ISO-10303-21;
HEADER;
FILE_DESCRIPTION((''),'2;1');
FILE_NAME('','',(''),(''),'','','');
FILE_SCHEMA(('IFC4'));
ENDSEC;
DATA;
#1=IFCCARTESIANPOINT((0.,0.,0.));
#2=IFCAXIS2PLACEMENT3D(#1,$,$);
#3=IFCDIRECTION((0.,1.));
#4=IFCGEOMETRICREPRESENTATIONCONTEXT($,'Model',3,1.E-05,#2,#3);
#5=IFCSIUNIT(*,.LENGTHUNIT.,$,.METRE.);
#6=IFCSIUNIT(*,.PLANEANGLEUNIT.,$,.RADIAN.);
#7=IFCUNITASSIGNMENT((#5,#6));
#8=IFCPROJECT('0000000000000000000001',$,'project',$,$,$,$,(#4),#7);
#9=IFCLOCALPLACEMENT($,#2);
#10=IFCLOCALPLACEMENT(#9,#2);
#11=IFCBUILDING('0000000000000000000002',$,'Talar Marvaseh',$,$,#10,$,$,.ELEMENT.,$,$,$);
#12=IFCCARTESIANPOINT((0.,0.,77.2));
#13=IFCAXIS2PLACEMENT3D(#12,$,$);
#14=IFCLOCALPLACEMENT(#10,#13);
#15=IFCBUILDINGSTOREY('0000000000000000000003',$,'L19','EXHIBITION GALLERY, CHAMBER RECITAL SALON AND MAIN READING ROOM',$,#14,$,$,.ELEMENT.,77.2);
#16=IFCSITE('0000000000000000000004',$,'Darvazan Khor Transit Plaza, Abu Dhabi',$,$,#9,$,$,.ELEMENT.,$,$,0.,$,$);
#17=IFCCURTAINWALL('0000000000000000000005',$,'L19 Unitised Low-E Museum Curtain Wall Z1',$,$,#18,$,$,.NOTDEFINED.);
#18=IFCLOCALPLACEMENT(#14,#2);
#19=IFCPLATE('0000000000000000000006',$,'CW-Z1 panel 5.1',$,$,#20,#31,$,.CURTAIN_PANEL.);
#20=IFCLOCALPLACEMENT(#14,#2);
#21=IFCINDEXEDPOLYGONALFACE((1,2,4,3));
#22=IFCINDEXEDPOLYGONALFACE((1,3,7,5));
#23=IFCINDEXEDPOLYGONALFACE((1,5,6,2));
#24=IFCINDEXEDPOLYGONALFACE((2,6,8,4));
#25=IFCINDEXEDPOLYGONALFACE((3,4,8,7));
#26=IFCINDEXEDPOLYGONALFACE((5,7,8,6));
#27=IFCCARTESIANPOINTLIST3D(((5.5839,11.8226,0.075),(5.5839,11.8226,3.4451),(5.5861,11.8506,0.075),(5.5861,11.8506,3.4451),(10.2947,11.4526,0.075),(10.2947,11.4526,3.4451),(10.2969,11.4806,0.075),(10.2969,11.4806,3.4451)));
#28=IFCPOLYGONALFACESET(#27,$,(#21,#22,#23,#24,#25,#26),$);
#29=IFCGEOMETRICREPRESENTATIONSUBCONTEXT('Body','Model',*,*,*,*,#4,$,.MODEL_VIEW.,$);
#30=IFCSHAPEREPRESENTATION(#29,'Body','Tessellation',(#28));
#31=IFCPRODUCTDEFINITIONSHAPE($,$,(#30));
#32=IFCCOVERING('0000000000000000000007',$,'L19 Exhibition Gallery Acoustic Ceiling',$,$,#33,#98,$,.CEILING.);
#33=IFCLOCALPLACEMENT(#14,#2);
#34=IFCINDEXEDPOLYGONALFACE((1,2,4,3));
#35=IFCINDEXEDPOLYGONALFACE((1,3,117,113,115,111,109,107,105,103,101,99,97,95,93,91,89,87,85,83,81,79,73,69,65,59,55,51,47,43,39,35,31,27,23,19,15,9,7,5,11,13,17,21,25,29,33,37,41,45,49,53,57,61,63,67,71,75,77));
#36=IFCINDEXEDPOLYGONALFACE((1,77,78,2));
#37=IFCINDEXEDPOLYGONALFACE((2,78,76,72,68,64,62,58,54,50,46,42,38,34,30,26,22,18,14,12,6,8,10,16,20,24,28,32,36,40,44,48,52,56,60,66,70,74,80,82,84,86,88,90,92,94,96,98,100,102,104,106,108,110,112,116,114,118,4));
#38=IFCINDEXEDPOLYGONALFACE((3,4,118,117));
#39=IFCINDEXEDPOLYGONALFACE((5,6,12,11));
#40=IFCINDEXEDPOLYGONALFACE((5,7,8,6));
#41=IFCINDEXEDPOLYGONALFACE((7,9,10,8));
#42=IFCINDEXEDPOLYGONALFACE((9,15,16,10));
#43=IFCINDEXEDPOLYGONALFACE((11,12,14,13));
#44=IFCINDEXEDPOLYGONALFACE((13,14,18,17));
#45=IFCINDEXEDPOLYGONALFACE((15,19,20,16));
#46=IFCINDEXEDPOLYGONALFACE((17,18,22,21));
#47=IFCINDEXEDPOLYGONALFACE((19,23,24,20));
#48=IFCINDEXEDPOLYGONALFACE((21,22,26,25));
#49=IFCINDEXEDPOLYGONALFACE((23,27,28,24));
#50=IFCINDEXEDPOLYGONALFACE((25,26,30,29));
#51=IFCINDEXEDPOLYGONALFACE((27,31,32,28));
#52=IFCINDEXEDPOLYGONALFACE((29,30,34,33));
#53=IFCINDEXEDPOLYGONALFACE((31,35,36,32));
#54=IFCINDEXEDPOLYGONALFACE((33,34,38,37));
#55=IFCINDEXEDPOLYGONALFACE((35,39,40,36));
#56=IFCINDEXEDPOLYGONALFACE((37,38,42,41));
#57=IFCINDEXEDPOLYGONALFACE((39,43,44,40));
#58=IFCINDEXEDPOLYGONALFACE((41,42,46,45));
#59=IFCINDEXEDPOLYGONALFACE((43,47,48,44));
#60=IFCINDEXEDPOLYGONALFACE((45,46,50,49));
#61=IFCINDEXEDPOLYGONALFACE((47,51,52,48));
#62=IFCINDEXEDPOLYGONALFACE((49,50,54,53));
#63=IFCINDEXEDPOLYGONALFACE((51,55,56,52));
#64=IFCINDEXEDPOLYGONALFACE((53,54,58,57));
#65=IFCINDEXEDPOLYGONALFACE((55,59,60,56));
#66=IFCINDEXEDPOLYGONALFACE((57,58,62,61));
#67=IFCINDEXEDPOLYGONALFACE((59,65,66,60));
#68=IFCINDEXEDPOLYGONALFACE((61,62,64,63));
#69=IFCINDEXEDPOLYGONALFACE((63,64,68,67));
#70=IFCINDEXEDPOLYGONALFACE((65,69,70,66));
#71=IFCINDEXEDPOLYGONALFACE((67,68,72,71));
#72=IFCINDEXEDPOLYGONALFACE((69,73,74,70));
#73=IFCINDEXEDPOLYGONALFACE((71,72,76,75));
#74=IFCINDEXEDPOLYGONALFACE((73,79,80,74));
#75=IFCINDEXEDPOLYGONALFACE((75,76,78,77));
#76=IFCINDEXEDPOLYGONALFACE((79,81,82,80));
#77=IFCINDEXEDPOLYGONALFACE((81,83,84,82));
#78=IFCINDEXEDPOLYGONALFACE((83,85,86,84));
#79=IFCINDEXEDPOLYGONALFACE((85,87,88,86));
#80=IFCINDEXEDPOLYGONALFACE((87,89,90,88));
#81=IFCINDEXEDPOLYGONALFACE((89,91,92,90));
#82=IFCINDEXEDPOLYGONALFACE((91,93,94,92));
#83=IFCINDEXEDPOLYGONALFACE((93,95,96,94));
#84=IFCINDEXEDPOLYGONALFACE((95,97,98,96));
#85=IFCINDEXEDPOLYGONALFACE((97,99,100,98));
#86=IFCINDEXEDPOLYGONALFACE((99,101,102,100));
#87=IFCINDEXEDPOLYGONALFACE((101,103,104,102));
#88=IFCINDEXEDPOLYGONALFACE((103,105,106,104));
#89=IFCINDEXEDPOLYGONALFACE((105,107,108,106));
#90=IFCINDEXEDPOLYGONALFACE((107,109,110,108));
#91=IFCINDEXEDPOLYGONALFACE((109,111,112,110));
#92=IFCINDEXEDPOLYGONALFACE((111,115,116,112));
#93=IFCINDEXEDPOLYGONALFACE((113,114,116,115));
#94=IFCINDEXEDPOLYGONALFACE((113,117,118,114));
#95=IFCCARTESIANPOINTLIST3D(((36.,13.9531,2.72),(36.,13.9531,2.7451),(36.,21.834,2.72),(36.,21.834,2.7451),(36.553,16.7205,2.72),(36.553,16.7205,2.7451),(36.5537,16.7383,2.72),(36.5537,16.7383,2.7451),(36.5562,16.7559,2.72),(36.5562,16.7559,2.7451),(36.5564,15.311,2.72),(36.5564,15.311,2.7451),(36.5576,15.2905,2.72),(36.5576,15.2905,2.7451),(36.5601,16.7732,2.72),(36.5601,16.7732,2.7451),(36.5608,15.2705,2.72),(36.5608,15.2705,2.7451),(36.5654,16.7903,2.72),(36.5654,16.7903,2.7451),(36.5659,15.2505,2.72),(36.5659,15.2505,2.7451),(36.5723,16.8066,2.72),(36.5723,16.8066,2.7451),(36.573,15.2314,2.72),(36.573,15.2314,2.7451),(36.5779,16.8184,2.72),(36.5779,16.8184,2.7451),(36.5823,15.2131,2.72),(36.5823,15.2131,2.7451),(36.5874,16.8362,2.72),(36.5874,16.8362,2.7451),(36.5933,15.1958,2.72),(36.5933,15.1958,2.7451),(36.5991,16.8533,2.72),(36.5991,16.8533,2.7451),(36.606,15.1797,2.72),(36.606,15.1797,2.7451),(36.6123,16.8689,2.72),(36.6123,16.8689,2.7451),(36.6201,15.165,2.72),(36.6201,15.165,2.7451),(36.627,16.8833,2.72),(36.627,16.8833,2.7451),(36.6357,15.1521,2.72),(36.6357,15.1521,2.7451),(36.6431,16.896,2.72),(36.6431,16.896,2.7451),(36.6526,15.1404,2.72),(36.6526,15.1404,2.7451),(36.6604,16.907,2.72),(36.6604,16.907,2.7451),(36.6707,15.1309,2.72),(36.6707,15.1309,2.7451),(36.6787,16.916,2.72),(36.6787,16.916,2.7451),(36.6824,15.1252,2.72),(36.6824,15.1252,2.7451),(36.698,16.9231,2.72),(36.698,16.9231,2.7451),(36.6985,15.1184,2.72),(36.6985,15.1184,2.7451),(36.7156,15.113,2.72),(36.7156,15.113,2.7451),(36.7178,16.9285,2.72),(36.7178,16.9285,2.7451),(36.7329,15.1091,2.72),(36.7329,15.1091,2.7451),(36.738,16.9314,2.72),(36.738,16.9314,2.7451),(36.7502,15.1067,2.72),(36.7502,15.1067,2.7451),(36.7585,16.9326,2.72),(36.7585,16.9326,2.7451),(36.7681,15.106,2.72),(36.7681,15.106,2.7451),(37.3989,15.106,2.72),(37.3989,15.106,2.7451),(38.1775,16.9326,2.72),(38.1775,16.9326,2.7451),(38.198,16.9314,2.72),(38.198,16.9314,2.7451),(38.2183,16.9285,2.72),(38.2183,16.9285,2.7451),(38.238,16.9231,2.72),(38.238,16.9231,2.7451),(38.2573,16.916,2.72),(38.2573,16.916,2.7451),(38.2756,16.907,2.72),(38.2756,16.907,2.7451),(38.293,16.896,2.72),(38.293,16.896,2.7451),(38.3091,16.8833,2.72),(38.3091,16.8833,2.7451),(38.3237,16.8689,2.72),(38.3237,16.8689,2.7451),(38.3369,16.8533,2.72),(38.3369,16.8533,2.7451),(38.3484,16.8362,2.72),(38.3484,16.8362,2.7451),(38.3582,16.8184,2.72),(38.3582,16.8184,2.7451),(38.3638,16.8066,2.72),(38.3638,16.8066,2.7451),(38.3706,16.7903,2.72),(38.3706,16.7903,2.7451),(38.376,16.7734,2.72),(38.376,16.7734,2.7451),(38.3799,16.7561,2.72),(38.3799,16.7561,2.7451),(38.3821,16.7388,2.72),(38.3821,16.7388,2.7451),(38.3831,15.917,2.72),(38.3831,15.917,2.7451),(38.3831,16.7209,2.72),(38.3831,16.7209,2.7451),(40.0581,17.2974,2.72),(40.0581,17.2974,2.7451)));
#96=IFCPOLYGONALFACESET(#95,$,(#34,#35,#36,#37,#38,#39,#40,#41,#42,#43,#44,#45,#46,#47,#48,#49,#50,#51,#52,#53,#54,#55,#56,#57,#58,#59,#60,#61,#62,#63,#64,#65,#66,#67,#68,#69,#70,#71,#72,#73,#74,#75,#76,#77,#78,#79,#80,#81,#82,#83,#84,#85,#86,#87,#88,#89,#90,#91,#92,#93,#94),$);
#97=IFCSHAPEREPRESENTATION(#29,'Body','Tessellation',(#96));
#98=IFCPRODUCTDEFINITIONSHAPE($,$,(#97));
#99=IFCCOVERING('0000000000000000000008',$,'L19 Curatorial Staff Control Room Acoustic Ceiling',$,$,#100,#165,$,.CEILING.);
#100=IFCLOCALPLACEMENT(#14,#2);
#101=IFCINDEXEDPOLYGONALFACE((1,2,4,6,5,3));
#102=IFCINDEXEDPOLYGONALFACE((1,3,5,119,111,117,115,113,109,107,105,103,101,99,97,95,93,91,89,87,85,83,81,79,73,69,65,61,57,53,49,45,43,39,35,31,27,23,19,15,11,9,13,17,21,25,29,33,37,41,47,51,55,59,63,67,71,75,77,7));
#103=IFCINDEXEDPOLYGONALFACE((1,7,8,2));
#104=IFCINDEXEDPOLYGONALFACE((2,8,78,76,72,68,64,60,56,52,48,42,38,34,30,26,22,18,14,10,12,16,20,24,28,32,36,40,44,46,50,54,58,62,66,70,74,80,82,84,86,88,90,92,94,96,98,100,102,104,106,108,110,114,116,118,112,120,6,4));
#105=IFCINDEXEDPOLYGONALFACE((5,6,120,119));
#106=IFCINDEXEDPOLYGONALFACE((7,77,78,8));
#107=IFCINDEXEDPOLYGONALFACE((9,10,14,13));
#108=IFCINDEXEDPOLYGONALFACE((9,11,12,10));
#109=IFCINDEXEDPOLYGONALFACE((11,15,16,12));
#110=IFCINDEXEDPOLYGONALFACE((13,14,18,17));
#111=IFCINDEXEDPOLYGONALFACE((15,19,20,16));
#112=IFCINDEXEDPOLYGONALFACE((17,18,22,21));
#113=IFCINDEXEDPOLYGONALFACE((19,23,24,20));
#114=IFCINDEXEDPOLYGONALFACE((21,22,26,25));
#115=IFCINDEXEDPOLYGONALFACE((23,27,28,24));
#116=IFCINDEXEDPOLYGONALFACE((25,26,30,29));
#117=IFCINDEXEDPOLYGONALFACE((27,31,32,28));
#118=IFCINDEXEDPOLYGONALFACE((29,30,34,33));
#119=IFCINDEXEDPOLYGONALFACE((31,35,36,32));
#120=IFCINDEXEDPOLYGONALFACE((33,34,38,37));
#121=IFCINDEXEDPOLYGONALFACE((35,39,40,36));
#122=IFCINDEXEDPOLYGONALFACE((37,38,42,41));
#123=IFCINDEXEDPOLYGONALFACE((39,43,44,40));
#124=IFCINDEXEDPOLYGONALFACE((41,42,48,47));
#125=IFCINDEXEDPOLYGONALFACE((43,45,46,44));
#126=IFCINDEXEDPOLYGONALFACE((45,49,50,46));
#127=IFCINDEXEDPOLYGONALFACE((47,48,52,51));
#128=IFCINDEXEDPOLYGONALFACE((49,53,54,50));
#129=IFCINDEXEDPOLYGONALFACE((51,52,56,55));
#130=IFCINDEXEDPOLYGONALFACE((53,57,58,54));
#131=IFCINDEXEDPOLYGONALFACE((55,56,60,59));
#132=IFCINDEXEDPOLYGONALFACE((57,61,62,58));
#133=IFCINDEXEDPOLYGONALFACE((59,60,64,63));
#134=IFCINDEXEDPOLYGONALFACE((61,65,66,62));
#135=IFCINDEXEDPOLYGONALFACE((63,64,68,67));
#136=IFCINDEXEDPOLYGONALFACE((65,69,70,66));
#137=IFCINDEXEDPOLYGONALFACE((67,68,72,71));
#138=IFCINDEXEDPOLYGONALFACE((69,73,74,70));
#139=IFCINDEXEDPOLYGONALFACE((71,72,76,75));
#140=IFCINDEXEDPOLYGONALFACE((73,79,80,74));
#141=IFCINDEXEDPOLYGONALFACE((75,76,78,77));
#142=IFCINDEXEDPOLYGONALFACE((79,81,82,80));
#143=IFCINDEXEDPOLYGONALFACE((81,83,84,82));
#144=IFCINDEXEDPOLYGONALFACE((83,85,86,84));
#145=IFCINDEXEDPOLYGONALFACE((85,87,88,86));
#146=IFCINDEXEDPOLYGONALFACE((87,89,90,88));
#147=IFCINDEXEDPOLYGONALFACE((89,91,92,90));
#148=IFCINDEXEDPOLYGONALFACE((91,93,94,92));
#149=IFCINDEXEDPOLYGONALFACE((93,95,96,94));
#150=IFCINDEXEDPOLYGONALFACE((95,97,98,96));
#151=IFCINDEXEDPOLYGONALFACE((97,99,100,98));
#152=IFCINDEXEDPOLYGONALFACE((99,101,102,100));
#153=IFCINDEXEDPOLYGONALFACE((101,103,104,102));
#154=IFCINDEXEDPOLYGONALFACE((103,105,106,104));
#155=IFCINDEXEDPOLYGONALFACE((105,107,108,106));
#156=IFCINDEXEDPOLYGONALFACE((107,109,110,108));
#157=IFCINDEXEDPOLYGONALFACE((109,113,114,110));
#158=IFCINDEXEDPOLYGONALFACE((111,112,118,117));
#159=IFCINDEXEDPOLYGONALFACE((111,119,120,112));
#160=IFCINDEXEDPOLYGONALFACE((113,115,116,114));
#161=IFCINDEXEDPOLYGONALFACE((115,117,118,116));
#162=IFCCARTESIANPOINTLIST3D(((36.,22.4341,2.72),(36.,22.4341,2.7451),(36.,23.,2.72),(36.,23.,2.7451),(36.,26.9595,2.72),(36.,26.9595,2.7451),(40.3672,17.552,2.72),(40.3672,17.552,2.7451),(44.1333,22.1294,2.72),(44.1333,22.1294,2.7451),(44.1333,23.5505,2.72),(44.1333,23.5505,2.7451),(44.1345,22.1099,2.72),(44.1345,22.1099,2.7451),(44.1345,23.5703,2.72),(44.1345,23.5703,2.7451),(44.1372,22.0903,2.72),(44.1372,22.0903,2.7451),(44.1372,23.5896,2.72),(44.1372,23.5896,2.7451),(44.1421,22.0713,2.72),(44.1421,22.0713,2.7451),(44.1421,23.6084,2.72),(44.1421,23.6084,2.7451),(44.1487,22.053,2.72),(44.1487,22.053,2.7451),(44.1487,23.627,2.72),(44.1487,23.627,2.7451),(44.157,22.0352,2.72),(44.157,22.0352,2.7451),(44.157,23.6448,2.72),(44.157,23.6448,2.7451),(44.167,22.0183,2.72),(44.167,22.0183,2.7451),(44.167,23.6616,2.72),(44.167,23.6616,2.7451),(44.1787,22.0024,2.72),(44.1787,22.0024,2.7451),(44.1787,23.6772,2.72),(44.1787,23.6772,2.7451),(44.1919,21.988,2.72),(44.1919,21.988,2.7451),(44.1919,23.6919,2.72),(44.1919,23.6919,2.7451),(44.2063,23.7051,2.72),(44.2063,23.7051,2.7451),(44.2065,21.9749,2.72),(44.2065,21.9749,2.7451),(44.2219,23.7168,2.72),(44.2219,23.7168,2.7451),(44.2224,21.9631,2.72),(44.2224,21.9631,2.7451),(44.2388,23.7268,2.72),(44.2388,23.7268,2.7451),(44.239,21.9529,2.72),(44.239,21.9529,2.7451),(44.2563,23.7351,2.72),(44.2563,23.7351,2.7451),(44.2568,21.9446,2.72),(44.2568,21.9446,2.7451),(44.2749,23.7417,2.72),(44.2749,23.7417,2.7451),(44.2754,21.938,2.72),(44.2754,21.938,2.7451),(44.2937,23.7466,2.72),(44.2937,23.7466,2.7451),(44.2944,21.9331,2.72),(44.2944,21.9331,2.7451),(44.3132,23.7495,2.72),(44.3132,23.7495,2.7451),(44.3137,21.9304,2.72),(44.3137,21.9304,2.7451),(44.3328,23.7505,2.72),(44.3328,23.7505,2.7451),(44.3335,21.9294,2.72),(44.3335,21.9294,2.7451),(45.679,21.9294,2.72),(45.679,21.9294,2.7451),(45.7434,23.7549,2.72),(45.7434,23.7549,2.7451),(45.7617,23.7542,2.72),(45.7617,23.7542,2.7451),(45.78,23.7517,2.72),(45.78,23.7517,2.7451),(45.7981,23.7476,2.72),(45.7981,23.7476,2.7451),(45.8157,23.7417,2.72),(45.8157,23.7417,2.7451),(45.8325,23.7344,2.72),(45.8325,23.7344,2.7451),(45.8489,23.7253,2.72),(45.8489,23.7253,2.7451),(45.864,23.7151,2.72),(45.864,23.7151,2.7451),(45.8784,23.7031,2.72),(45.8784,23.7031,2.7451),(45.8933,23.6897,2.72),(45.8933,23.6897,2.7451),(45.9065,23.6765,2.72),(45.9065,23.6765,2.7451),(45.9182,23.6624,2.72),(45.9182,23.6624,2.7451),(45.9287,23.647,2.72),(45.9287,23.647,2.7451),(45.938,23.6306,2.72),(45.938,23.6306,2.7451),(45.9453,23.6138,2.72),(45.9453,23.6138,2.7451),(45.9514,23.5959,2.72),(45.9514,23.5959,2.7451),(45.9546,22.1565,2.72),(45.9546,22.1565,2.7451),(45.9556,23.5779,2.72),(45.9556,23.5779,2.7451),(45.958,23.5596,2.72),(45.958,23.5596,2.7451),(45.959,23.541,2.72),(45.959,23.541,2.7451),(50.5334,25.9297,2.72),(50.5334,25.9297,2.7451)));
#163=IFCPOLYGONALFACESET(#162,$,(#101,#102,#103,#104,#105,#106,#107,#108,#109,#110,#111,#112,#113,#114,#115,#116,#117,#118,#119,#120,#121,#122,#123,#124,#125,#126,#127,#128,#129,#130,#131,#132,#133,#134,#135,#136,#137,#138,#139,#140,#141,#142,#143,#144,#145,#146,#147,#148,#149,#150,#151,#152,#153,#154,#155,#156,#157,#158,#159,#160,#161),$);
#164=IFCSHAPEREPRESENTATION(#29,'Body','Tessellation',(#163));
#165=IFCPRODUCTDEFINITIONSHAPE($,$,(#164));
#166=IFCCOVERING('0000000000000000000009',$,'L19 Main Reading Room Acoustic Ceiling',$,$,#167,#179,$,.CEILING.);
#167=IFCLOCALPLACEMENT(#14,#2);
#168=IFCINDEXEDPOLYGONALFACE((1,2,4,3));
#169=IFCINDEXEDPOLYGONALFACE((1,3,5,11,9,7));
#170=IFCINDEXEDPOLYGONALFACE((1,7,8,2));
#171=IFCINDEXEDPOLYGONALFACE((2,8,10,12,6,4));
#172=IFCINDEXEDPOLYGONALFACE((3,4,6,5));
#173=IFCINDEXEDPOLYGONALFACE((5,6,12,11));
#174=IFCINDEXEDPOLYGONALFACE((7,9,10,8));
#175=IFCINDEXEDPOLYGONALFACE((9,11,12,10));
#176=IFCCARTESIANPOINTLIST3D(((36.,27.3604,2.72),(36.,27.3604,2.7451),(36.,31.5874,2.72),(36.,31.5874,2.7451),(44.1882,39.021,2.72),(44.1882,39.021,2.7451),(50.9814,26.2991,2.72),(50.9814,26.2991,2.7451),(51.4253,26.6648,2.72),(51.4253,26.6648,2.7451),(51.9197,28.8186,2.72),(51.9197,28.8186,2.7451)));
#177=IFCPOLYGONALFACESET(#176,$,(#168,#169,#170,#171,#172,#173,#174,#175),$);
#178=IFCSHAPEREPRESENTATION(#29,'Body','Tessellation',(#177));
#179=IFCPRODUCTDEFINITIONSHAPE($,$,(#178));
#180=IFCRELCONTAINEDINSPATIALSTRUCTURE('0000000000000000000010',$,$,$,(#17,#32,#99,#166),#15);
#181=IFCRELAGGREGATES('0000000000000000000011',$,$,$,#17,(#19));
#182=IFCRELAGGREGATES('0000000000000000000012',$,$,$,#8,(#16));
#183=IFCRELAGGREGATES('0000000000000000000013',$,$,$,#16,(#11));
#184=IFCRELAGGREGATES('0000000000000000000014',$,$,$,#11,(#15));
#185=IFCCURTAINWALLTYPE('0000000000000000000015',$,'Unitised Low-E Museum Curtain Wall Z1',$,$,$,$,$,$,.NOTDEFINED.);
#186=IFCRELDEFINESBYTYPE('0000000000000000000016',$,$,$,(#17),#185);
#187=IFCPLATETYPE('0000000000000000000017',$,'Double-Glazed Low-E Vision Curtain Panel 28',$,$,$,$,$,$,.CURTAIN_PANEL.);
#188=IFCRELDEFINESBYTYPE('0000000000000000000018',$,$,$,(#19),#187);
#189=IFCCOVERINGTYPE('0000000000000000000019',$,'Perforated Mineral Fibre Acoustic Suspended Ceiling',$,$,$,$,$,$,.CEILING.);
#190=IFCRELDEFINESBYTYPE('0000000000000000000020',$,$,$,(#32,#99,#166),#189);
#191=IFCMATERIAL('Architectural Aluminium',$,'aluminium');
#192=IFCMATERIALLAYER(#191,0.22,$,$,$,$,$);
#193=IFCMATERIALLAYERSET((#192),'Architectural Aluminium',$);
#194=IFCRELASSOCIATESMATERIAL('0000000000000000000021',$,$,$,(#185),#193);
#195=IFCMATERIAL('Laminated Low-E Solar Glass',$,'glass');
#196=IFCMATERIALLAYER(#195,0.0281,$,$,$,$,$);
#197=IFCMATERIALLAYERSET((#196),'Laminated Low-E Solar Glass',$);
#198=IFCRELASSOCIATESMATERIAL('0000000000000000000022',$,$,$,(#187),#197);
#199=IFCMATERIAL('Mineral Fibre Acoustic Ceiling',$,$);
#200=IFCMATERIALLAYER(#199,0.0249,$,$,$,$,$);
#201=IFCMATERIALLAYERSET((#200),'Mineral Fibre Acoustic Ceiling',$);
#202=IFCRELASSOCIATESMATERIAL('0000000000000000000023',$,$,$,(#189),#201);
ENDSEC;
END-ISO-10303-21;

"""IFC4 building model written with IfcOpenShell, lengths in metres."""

from ifc_helpers import new_model, si_unit, direction, frame, origin, origin_2d, place, context, subcontext, project, spatial, polyline, rectangle, outline, extrude, source, transform, mapped, material, layer, layer_set, type_object, type_shapes, element, aggregate, save


model = new_model("IFC4")

# Units and contexts
model_context = context("Model", 3, precision=1e-05, world=origin(), true_north=direction((0.0, 1.0)))
body_context = subcontext(model_context, "Body", "Model", "MODEL_VIEW")
ifc_project = project(units=[si_unit("LENGTHUNIT", "METRE"), si_unit("PLANEANGLEUNIT", "RADIAN")], contexts=[model_context])

# Site, building, storey
site_placement = place(None, origin())
site = spatial("IfcSite", under=ifc_project, at=site_placement, Name="Darvazan Khor Transit Plaza, Abu Dhabi", CompositionType="ELEMENT", RefElevation=0.0)
building_placement = place(site_placement, origin())
building = spatial("IfcBuilding", under=site, at=building_placement, Name="Talar Marvaseh", CompositionType="ELEMENT")
storey_placement = place(building_placement, frame((0.0, 0.0, 77.2)))
storey = spatial("IfcBuildingStorey", under=building, at=storey_placement, Name="L19", Description="EXHIBITION GALLERY, CHAMBER RECITAL SALON AND MAIN READING ROOM", CompositionType="ELEMENT", Elevation=77.2)

# Curtain wall
ifc_material_1 = material(Name="Architectural Aluminium", Category="aluminium")
ifc_layer_1 = layer(ifc_material_1, 0.22)
ifc_layer_set_1 = layer_set([ifc_layer_1], Name="Architectural Aluminium")
curtain_wall_type = type_object("IfcCurtainWallType", Name="Unitised Low-E Museum Curtain Wall Z1", PredefinedType="NOTDEFINED", material=ifc_layer_set_1)
curtain_wall_placement = place(storey_placement, origin())
curtain_wall = element("IfcCurtainWall", 1, at=curtain_wall_placement, inside=storey, type_object=curtain_wall_type, Name="L19 Unitised Low-E Museum Curtain Wall Z1", PredefinedType="NOTDEFINED")

# Plate
ifc_material_2 = material(Name="Laminated Low-E Solar Glass", Category="glass")
ifc_layer_2 = layer(ifc_material_2, 0.0281)
ifc_layer_set_2 = layer_set([ifc_layer_2], Name="Laminated Low-E Solar Glass")
plate_type = type_object("IfcPlateType", Name="Double-Glazed Low-E Vision Curtain Panel 28", PredefinedType="CURTAIN_PANEL", material=ifc_layer_set_2)
shared_shape_1 = source(origin(), body_context, "Body", "SweptSolid", [
    extrude(rectangle(XDim=4.7253, YDim=0.0281, at=origin_2d()), origin(), (0.0, 0.0, 1.0), 3.3701),
])
type_shapes(plate_type, [shared_shape_1])
plate_placement = place(storey_placement, frame((7.9404, 11.6516, 0.075), z_axis=(0.0, 0.0, 1.0), x_axis=(-0.996929, 0.078306, 0.0)))
plate = element("IfcPlate", 2, at=plate_placement, type_object=plate_type, Name="CW-Z1 panel 5.1", PredefinedType="CURTAIN_PANEL", context=body_context, shape_type="MappedRepresentation", body=[
    mapped(shared_shape_1, transform((0.0, 0.0, 0.0), x_axis=(1.0, 0.0, 0.0), y_axis=(0.0, 1.0, 0.0), z_axis=(0.0, 0.0, 1.0), scale=1.0)),
])
aggregate(curtain_wall, [plate])

# Coverings
ifc_material_3 = material(Name="Mineral Fibre Acoustic Ceiling")
ifc_layer_3 = layer(ifc_material_3, 0.0249)
ifc_layer_set_3 = layer_set([ifc_layer_3], Name="Mineral Fibre Acoustic Ceiling")
covering_type_1 = type_object("IfcCoveringType", Name="Perforated Mineral Fibre Acoustic Suspended Ceiling", PredefinedType="CEILING", material=ifc_layer_set_3)
covering_1_placement = place(storey_placement, frame((0.0, 0.0, 2.72)))
element("IfcCovering", 3, at=covering_1_placement, inside=storey, type_object=covering_type_1, Name="L19 Exhibition Gallery Acoustic Ceiling", PredefinedType="CEILING", context=body_context, shape_type="SweptSolid", body=[
    extrude(outline(polyline([(38.3831, 15.917), (38.3831, 16.7209), (38.3821, 16.7388), (38.3799, 16.7561), (38.376, 16.7734), (38.3706, 16.7903), (38.3638, 16.8066), (38.3582, 16.8184), (38.3484, 16.8362), (38.3369, 16.8533), (38.3237, 16.8689), (38.3091, 16.8833), (38.293, 16.896), (38.2756, 16.907), (38.2573, 16.916), (38.238, 16.9231), (38.2183, 16.9285), (38.198, 16.9314), (38.1775, 16.9326), (36.7585, 16.9326), (36.738, 16.9314), (36.7178, 16.9285), (36.698, 16.9231), (36.6787, 16.916), (36.6604, 16.907), (36.6431, 16.896), (36.627, 16.8833), (36.6123, 16.8689), (36.5991, 16.8533), (36.5874, 16.8362), (36.5779, 16.8184), (36.5723, 16.8066), (36.5654, 16.7903), (36.5601, 16.7732), (36.5562, 16.7559), (36.5537, 16.7383), (36.553, 16.7205), (36.5564, 15.311), (36.5576, 15.2905), (36.5608, 15.2705), (36.5659, 15.2505), (36.573, 15.2314), (36.5823, 15.2131), (36.5933, 15.1958), (36.606, 15.1797), (36.6201, 15.165), (36.6357, 15.1521), (36.6526, 15.1404), (36.6707, 15.1309), (36.6824, 15.1252), (36.6985, 15.1184), (36.7156, 15.113), (36.7329, 15.1091), (36.7502, 15.1067), (36.7681, 15.106), (37.3989, 15.106), (36.0, 13.9531), (36.0, 21.834), (40.0581, 17.2974), (38.3831, 15.917)])), origin(), (0.0, 0.0, 1.0), 0.0251),
])
covering_2_placement = place(storey_placement, frame((0.0, 0.0, 2.72)))
element("IfcCovering", 4, at=covering_2_placement, inside=storey, type_object=covering_type_1, Name="L19 Curatorial Staff Control Room Acoustic Ceiling", PredefinedType="CEILING", context=body_context, shape_type="SweptSolid", body=[
    extrude(outline(polyline([(50.5334, 25.9297), (45.9546, 22.1565), (45.959, 23.541), (45.958, 23.5596), (45.9556, 23.5779), (45.9514, 23.5959), (45.9453, 23.6138), (45.938, 23.6306), (45.9287, 23.647), (45.9182, 23.6624), (45.9065, 23.6765), (45.8933, 23.6897), (45.8784, 23.7031), (45.864, 23.7151), (45.8489, 23.7253), (45.8325, 23.7344), (45.8157, 23.7417), (45.7981, 23.7476), (45.78, 23.7517), (45.7617, 23.7542), (45.7434, 23.7549), (44.3328, 23.7505), (44.3132, 23.7495), (44.2937, 23.7466), (44.2749, 23.7417), (44.2563, 23.7351), (44.2388, 23.7268), (44.2219, 23.7168), (44.2063, 23.7051), (44.1919, 23.6919), (44.1787, 23.6772), (44.167, 23.6616), (44.157, 23.6448), (44.1487, 23.627), (44.1421, 23.6084), (44.1372, 23.5896), (44.1345, 23.5703), (44.1333, 23.5505), (44.1333, 22.1294), (44.1345, 22.1099), (44.1372, 22.0903), (44.1421, 22.0713), (44.1487, 22.053), (44.157, 22.0352), (44.167, 22.0183), (44.1787, 22.0024), (44.1919, 21.988), (44.2065, 21.9749), (44.2224, 21.9631), (44.239, 21.9529), (44.2568, 21.9446), (44.2754, 21.938), (44.2944, 21.9331), (44.3137, 21.9304), (44.3335, 21.9294), (45.679, 21.9294), (40.3672, 17.552), (36.0, 22.4341), (36.0, 23.0), (36.0, 26.9595), (50.5334, 25.9297)])), origin(), (0.0, 0.0, 1.0), 0.0251),
])
covering_3_placement = place(storey_placement, frame((0.0, 0.0, 2.72)))
element("IfcCovering", 5, at=covering_3_placement, inside=storey, type_object=covering_type_1, Name="L19 Main Reading Room Acoustic Ceiling", PredefinedType="CEILING", context=body_context, shape_type="SweptSolid", body=[
    extrude(outline(polyline([(36.0, 27.3604), (36.0, 31.5874), (44.1882, 39.021), (51.9197, 28.8186), (51.4253, 26.6648), (50.9814, 26.2991), (36.0, 27.3604)])), origin(), (0.0, 0.0, 1.0), 0.0251),
])

save(model, "model.ifc")
